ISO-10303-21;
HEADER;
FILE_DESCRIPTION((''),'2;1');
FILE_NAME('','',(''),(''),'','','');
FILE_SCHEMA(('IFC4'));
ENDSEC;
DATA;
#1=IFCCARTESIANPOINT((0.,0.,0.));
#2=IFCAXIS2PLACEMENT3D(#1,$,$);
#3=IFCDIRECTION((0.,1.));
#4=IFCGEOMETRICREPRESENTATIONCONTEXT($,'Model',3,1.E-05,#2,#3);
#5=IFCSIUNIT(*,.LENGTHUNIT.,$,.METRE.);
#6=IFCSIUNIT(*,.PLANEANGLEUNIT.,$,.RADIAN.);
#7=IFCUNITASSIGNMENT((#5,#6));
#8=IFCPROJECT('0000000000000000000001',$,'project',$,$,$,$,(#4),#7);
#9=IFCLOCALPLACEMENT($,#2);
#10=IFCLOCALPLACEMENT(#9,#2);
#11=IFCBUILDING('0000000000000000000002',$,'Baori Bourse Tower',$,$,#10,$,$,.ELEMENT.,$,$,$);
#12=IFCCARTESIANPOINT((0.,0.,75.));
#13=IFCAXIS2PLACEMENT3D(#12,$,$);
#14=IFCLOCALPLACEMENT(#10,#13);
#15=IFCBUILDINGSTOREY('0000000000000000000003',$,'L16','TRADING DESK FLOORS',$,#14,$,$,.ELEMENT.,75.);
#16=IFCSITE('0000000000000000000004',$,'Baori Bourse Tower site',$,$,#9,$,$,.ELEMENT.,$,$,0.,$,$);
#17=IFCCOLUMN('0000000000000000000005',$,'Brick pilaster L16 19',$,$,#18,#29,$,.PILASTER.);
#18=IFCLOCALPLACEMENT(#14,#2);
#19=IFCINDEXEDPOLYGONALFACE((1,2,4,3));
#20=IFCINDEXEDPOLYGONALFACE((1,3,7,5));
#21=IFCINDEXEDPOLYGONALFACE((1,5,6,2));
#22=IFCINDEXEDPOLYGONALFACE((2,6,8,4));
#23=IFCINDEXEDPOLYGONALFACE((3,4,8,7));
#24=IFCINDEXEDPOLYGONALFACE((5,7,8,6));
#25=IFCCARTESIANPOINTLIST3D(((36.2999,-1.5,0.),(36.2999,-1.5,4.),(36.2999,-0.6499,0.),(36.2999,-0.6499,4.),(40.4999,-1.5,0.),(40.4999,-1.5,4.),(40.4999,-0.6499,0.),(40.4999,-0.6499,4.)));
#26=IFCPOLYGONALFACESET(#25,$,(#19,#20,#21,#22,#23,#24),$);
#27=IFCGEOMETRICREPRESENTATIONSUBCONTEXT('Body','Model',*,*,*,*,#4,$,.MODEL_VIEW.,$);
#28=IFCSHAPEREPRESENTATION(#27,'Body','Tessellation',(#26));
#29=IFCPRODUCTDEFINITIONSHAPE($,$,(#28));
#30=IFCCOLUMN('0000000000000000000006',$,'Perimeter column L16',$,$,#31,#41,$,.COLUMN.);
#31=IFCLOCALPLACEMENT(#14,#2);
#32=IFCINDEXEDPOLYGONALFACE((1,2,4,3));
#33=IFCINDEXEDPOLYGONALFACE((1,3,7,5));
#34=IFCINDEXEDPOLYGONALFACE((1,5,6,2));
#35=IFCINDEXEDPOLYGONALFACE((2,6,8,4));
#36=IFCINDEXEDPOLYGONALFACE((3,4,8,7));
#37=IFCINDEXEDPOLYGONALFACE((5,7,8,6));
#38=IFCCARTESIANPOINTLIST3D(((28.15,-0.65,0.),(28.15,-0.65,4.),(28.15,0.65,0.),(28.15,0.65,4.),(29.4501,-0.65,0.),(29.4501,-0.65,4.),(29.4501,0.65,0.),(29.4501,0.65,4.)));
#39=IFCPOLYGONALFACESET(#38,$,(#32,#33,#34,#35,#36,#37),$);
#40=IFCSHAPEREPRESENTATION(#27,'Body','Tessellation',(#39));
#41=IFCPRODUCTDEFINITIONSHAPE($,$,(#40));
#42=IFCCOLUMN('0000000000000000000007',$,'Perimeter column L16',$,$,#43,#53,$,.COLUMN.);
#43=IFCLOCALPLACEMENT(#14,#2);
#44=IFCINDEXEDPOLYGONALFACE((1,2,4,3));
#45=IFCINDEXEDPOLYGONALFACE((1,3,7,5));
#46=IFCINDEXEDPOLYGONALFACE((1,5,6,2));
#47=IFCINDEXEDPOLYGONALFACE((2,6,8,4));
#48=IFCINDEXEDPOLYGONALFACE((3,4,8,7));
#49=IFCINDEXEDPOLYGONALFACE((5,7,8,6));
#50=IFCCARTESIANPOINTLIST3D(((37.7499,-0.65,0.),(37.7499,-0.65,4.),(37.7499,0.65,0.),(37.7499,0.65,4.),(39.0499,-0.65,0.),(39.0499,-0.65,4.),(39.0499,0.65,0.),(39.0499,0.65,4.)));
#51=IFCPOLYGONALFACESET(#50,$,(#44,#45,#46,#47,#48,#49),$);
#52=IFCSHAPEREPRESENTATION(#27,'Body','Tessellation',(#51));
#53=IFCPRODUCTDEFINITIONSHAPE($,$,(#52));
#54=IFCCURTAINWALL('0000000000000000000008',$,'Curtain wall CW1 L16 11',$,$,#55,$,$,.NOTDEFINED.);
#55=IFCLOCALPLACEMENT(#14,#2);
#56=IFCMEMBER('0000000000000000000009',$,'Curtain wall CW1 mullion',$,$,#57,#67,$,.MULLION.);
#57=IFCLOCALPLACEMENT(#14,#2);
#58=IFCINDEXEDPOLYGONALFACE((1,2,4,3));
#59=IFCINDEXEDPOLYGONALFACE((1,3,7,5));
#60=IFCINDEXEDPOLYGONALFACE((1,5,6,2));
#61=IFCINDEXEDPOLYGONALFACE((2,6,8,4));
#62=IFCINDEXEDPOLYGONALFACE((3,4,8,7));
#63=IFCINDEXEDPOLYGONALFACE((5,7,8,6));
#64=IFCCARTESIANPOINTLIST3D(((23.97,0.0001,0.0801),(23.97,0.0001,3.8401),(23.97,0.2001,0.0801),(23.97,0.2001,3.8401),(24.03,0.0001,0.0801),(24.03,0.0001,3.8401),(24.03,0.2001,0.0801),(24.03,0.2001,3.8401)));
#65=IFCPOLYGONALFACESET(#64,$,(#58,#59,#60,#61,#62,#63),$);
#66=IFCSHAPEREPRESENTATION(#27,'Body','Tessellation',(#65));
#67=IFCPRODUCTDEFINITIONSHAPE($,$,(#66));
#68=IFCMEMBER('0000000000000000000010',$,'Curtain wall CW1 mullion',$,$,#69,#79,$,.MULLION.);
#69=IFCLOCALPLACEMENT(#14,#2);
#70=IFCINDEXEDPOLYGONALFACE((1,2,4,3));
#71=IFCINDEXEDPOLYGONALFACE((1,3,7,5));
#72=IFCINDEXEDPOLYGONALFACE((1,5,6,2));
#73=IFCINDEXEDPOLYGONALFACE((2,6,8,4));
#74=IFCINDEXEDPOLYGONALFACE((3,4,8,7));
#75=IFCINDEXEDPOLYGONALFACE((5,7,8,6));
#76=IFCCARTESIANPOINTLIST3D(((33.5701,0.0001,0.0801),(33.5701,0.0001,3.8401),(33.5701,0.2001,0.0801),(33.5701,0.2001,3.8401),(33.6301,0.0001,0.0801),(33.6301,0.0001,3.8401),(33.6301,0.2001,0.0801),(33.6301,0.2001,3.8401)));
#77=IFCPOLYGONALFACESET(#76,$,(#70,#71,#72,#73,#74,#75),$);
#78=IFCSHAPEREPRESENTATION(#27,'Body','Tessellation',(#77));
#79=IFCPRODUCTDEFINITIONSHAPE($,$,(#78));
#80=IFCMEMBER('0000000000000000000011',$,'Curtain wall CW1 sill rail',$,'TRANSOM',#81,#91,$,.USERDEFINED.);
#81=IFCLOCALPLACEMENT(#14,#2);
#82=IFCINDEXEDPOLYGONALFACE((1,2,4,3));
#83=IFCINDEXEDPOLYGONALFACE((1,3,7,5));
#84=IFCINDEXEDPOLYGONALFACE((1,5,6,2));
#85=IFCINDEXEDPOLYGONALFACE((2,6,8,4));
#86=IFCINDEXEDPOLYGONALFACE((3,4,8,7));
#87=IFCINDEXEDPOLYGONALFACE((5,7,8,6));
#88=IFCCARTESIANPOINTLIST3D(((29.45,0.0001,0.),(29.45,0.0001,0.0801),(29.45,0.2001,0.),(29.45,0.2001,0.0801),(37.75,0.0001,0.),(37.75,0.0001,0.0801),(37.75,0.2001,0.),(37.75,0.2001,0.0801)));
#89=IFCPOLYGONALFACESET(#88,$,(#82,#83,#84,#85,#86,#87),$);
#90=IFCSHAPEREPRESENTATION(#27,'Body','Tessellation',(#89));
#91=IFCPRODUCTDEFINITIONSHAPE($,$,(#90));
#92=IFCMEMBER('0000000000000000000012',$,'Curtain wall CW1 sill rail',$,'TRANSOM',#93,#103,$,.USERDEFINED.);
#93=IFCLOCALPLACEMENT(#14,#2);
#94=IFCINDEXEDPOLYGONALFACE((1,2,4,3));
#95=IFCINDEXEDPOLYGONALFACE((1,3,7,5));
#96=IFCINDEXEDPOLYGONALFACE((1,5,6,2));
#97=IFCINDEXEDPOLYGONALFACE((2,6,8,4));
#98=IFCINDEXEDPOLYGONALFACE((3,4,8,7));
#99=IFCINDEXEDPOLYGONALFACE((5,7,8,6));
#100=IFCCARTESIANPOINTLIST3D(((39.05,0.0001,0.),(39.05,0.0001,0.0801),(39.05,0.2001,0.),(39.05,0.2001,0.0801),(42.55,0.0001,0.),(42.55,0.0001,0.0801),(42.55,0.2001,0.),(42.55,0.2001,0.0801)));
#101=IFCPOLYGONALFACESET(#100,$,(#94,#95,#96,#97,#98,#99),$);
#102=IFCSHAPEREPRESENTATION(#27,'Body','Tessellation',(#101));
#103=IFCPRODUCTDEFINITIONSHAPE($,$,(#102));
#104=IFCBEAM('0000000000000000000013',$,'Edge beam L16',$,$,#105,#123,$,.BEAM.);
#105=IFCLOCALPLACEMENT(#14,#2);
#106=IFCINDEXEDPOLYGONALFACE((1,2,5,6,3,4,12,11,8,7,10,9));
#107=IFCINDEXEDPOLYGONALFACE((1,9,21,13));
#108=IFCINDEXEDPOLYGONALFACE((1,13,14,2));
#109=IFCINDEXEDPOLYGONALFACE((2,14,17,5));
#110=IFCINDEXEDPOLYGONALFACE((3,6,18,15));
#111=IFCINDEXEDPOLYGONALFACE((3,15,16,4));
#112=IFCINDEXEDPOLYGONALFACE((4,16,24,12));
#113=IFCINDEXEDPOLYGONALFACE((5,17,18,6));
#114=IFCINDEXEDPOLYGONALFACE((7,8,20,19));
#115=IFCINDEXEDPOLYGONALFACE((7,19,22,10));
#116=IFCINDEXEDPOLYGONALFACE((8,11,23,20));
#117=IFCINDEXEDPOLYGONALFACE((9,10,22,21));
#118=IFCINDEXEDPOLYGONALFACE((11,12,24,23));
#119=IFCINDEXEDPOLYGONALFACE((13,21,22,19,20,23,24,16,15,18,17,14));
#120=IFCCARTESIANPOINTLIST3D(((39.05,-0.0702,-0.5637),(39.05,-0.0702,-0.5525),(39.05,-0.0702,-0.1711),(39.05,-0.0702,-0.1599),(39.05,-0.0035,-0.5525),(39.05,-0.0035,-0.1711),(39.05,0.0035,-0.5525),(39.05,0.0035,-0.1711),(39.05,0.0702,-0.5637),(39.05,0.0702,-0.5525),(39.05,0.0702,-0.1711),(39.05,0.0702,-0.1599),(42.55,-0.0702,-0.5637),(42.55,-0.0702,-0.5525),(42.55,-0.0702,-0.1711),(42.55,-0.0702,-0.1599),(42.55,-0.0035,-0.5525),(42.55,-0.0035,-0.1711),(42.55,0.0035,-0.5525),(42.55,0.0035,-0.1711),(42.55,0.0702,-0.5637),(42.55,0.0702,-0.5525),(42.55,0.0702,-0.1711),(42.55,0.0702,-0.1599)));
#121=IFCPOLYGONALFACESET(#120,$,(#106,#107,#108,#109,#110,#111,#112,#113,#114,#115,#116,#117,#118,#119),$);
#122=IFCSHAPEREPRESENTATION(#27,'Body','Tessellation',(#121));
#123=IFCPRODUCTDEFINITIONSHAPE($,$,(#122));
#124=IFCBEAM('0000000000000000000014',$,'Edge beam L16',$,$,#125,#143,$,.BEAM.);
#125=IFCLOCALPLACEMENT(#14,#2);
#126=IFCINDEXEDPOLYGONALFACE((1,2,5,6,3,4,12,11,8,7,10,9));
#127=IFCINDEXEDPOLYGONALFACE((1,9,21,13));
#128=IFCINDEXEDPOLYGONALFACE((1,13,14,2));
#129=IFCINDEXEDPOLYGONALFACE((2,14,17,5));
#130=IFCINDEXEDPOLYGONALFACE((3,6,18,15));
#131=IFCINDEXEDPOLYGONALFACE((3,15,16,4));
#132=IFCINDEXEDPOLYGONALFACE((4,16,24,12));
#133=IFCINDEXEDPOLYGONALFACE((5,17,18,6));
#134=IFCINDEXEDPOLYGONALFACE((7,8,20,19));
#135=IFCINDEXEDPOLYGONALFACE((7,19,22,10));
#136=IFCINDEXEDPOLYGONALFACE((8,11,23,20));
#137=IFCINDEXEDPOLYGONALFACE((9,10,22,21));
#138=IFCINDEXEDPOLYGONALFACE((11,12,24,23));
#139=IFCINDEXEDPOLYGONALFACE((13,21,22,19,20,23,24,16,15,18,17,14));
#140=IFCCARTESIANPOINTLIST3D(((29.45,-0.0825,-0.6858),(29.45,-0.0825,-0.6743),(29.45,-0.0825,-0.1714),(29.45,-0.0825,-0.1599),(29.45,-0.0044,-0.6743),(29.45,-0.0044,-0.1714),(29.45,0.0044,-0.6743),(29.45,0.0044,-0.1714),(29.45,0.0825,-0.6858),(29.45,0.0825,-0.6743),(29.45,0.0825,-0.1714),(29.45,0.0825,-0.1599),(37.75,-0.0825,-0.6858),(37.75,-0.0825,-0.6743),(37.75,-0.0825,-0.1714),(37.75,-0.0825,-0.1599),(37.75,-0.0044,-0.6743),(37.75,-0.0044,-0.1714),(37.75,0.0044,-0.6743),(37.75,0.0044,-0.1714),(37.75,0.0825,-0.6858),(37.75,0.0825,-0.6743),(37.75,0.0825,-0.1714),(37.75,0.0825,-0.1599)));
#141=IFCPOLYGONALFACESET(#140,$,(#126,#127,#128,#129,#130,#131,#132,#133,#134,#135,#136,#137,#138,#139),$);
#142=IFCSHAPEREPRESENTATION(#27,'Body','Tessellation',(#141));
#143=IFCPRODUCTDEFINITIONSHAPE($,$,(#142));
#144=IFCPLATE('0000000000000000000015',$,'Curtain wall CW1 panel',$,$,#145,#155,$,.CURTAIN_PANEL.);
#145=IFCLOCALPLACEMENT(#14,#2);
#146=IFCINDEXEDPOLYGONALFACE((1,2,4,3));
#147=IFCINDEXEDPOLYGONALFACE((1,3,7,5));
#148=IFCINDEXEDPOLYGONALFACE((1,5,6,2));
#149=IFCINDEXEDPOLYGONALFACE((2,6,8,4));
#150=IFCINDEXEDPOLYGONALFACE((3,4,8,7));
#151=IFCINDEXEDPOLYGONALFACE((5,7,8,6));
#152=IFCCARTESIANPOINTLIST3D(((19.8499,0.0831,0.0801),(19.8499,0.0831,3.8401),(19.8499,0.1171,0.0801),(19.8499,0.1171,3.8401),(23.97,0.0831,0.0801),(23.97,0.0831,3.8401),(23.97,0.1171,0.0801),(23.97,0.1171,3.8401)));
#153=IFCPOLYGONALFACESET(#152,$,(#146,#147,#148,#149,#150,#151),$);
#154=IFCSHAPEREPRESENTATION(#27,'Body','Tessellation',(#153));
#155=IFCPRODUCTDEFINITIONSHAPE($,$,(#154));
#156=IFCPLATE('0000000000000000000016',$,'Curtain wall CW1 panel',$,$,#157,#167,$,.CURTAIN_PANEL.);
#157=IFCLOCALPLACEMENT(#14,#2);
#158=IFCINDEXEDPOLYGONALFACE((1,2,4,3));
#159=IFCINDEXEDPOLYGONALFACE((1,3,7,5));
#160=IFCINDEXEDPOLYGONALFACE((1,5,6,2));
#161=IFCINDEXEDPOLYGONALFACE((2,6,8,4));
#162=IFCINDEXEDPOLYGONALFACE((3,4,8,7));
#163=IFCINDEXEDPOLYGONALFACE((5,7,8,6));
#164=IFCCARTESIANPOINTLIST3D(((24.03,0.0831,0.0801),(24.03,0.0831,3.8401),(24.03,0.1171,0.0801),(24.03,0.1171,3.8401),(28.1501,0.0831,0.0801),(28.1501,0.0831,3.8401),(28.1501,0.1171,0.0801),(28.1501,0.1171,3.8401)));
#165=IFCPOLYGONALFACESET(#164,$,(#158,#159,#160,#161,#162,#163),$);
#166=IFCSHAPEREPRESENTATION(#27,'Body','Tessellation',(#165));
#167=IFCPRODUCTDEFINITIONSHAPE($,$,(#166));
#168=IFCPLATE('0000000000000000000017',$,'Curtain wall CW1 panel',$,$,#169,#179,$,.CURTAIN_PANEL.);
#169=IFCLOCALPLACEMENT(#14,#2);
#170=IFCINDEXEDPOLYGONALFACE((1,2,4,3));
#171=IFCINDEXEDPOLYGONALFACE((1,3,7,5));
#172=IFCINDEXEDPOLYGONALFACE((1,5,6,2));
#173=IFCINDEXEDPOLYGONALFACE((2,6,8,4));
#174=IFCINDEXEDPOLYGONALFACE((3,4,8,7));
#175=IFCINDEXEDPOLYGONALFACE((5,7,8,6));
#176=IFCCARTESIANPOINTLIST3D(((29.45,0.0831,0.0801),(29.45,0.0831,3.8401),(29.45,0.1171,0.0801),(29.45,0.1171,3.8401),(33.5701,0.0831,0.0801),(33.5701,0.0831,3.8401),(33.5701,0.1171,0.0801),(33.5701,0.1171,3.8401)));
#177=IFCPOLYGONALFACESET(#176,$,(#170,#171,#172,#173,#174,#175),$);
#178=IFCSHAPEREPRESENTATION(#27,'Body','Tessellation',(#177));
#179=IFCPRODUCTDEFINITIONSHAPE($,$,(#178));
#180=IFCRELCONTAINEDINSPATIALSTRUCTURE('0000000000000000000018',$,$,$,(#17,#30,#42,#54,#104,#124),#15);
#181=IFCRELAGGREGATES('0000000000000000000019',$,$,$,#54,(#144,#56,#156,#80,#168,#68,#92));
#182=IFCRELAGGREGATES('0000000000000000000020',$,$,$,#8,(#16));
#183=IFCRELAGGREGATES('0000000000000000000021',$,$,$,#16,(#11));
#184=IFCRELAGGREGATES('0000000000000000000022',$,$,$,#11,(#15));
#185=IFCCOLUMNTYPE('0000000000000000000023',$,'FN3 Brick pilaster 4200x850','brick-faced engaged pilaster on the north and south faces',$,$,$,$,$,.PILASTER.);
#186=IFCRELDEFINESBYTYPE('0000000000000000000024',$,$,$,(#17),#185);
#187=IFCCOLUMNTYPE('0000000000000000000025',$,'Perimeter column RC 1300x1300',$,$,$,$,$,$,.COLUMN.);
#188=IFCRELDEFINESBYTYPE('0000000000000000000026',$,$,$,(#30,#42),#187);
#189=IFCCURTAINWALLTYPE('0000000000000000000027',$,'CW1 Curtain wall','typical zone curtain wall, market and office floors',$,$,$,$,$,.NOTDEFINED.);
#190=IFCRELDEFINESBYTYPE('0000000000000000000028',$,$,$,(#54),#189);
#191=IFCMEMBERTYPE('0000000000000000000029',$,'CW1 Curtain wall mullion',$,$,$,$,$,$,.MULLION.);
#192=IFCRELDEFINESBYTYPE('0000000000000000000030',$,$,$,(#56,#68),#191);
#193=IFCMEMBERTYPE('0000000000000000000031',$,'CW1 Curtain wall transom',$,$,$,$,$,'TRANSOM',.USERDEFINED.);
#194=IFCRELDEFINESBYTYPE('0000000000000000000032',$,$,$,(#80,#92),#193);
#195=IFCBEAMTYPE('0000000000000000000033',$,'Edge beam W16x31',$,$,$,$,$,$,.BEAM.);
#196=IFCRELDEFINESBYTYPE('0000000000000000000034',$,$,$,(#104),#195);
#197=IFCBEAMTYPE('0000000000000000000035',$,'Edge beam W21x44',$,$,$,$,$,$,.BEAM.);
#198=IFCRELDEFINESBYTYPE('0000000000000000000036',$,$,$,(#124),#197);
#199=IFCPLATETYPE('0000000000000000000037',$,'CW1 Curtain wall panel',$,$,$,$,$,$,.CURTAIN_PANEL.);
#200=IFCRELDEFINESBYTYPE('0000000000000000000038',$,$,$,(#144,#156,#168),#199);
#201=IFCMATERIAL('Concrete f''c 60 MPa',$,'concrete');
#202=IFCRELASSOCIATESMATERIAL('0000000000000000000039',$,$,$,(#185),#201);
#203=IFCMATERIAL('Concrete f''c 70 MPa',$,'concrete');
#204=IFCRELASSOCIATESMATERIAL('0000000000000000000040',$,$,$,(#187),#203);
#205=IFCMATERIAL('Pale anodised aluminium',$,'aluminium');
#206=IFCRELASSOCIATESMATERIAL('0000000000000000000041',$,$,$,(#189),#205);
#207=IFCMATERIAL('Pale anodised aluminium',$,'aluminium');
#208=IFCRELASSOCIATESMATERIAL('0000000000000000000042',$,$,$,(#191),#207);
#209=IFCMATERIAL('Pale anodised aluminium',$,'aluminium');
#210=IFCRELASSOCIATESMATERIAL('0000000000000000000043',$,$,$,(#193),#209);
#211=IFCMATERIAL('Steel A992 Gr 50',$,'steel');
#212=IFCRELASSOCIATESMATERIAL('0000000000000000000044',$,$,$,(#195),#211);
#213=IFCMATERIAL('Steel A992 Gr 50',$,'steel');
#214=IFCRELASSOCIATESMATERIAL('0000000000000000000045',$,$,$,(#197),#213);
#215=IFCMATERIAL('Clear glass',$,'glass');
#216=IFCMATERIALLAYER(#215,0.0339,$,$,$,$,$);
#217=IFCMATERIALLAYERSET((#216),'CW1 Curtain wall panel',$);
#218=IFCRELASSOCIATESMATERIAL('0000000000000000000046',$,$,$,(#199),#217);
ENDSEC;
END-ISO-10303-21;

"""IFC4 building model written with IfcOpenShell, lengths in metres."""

from ifc_helpers import new_model, si_unit, direction, frame, origin, origin_2d, place, context, subcontext, project, spatial, rectangle, i_section, extrude, material, layer, layer_set, material_profile, profile_set, type_object, element, aggregate, save


model = new_model("IFC4")

# Units and contexts
model_context = context("Model", 3, precision=1e-05, world=origin(), true_north=direction((0.0, 1.0)))
body_context = subcontext(model_context, "Body", "Model", "MODEL_VIEW")
ifc_project = project(units=[si_unit("LENGTHUNIT", "METRE"), si_unit("PLANEANGLEUNIT", "RADIAN")], contexts=[model_context])

# Site, building, storey
site_placement = place(None, origin())
site = spatial("IfcSite", under=ifc_project, at=site_placement, Name="Baori Bourse Tower site", CompositionType="ELEMENT", RefElevation=0.0)
building_placement = place(site_placement, origin())
building = spatial("IfcBuilding", under=site, at=building_placement, Name="Baori Bourse Tower", CompositionType="ELEMENT")
storey_placement = place(building_placement, frame((0.0, 0.0, 75.0)))
storey = spatial("IfcBuildingStorey", under=building, at=storey_placement, Name="L16", Description="TRADING DESK FLOORS", CompositionType="ELEMENT", Elevation=75.0)

# Columns
ifc_material_1 = material(Name="Concrete f'c 60 MPa", Category="concrete")
ifc_material_profile_1 = material_profile(ifc_material_1, rectangle(XDim=4.2, YDim=0.8501, at=origin_2d()), Name="RC 4200x850")
ifc_profile_set_1 = profile_set([ifc_material_profile_1], Name="Concrete f'c 60 MPa")
column_type_1 = type_object("IfcColumnType", Name="FN3 Brick pilaster 4200x850", Description="brick-faced engaged pilaster on the north and south faces", PredefinedType="PILASTER", material=ifc_profile_set_1)
column_placement = place(storey_placement, frame((38.3999, -1.075, 0.0), z_axis=(0.0, 0.0, 1.0), x_axis=(1.0, 0.0, 0.0)))
element("IfcColumn", 1, at=column_placement, inside=storey, type_object=column_type_1, Name="Brick pilaster L16 19", PredefinedType="PILASTER", context=body_context, shape_type="SweptSolid", body=[
    extrude(rectangle(XDim=4.2, YDim=0.8501, at=origin_2d()), origin(), (0.0, 0.0, 1.0), 4.0),
])
ifc_material_2 = material(Name="Concrete f'c 70 MPa", Category="concrete")
ifc_material_profile_2 = material_profile(ifc_material_2, rectangle(XDim=1.3, YDim=1.3, at=origin_2d()), Name="RC 1300x1300")
ifc_profile_set_2 = profile_set([ifc_material_profile_2], Name="Concrete f'c 70 MPa")
column_type_2 = type_object("IfcColumnType", Name="Perimeter column RC 1300x1300", PredefinedType="COLUMN", material=ifc_profile_set_2)
for number, where, z_axis, x_axis, name in (
    (2, (28.8, 0.0, 0.0), (0.0, 0.0, 1.0), (1.0, 0.0, 0.0), "Perimeter column L16"),
    (3, (38.3999, 0.0, 0.0), (0.0, 0.0, 1.0), (1.0, 0.0, 0.0), "Perimeter column L16"),
):
    element("IfcColumn", number, at=place(storey_placement, frame(where, z_axis=z_axis, x_axis=x_axis)), inside=storey, type_object=column_type_2, Name=name, PredefinedType="COLUMN", context=body_context, shape_type="SweptSolid", body=[
        extrude(rectangle(XDim=1.3, YDim=1.3, at=origin_2d()), origin(), (0.0, 0.0, 1.0), 4.0),
    ])

# Curtain wall, members
ifc_material_3 = material(Name="Pale anodised aluminium", Category="aluminium")
curtain_wall_type = type_object("IfcCurtainWallType", Name="CW1 Curtain wall", Description="typical zone curtain wall, market and office floors", PredefinedType="NOTDEFINED", material=ifc_material_3)
curtain_wall_placement = place(storey_placement, origin())
curtain_wall = element("IfcCurtainWall", 4, at=curtain_wall_placement, inside=storey, type_object=curtain_wall_type, Name="Curtain wall CW1 L16 11", PredefinedType="NOTDEFINED")
ifc_material_4 = material(Name="Pale anodised aluminium", Category="aluminium")
ifc_material_profile_3 = material_profile(ifc_material_4, rectangle(XDim=0.2, YDim=0.0601, at=origin_2d()), Name="Mullion 60x200")
ifc_profile_set_3 = profile_set([ifc_material_profile_3], Name="Pale anodised aluminium")
member_type_1 = type_object("IfcMemberType", Name="CW1 Curtain wall mullion", PredefinedType="MULLION", material=ifc_profile_set_3)
member_1_placement = place(storey_placement, frame((24.0, 0.1001, 0.0801), z_axis=(0.0, 0.0, 1.0), x_axis=(0.0, 1.0, 0.0)))
member_1 = element("IfcMember", 5, at=member_1_placement, type_object=member_type_1, Name="Curtain wall CW1 mullion", PredefinedType="MULLION", context=body_context, shape_type="SweptSolid", body=[
    extrude(rectangle(XDim=0.2, YDim=0.0601, at=origin_2d()), origin(), (0.0, 0.0, 1.0), 3.76),
])
member_2_placement = place(storey_placement, frame((33.6001, 0.1001, 0.0801), z_axis=(0.0, 0.0, 1.0), x_axis=(0.0, 1.0, 0.0)))
member_2 = element("IfcMember", 6, at=member_2_placement, type_object=member_type_1, Name="Curtain wall CW1 mullion", PredefinedType="MULLION", context=body_context, shape_type="SweptSolid", body=[
    extrude(rectangle(XDim=0.2, YDim=0.0601, at=origin_2d()), origin(), (0.0, 0.0, 1.0), 3.76),
])
ifc_material_5 = material(Name="Pale anodised aluminium", Category="aluminium")
ifc_material_profile_4 = material_profile(ifc_material_5, rectangle(XDim=0.2, YDim=0.0801, at=origin_2d()), Name="Transom 80x200")
ifc_profile_set_4 = profile_set([ifc_material_profile_4], Name="Pale anodised aluminium")
member_type_2 = type_object("IfcMemberType", Name="CW1 Curtain wall transom", ElementType="TRANSOM", PredefinedType="USERDEFINED", material=ifc_profile_set_4)
member_3_placement = place(storey_placement, frame((29.45, 0.1001, 0.04), z_axis=(1.0, 0.0, 0.0), x_axis=(0.0, 1.0, 0.0)))
member_3 = element("IfcMember", 7, at=member_3_placement, type_object=member_type_2, Name="Curtain wall CW1 sill rail", ObjectType="TRANSOM", PredefinedType="USERDEFINED", context=body_context, shape_type="SweptSolid", body=[
    extrude(rectangle(XDim=0.2, YDim=0.0801, at=origin_2d()), origin(), (0.0, 0.0, 1.0), 8.3),
])
member_4_placement = place(storey_placement, frame((39.05, 0.1001, 0.04), z_axis=(1.0, 0.0, 0.0), x_axis=(0.0, 1.0, 0.0)))
member_4 = element("IfcMember", 8, at=member_4_placement, type_object=member_type_2, Name="Curtain wall CW1 sill rail", ObjectType="TRANSOM", PredefinedType="USERDEFINED", context=body_context, shape_type="SweptSolid", body=[
    extrude(rectangle(XDim=0.2, YDim=0.0801, at=origin_2d()), origin(), (0.0, 0.0, 1.0), 3.5),
])

# Beams
ifc_material_6 = material(Name="Steel A992 Gr 50", Category="steel")
ifc_material_profile_5 = material_profile(ifc_material_6, i_section(OverallWidth=0.1404, OverallDepth=0.4038, WebThickness=0.0071, FlangeThickness=0.0112, at=origin_2d()), Name="W16x31")
ifc_profile_set_5 = profile_set([ifc_material_profile_5], Name="Steel A992 Gr 50")
beam_type_1 = type_object("IfcBeamType", Name="Edge beam W16x31", PredefinedType="BEAM", material=ifc_profile_set_5)
beam_1_placement = place(storey_placement, frame((39.05, 0.0, -0.3618), z_axis=(1.0, 0.0, 0.0), x_axis=(0.0, 1.0, 0.0)))
element("IfcBeam", 9, at=beam_1_placement, inside=storey, type_object=beam_type_1, Name="Edge beam L16", PredefinedType="BEAM", context=body_context, shape_type="SweptSolid", body=[
    extrude(i_section(OverallWidth=0.1404, OverallDepth=0.4038, WebThickness=0.0071, FlangeThickness=0.0112, at=origin_2d()), origin(), (0.0, 0.0, 1.0), 3.5),
])
ifc_material_7 = material(Name="Steel A992 Gr 50", Category="steel")
ifc_material_profile_6 = material_profile(ifc_material_7, i_section(OverallWidth=0.165, OverallDepth=0.5259, WebThickness=0.0088, FlangeThickness=0.0115, at=origin_2d()), Name="W21x44")
ifc_profile_set_6 = profile_set([ifc_material_profile_6], Name="Steel A992 Gr 50")
beam_type_2 = type_object("IfcBeamType", Name="Edge beam W21x44", PredefinedType="BEAM", material=ifc_profile_set_6)
beam_2_placement = place(storey_placement, frame((29.45, 0.0, -0.4229), z_axis=(1.0, 0.0, 0.0), x_axis=(0.0, 1.0, 0.0)))
element("IfcBeam", 10, at=beam_2_placement, inside=storey, type_object=beam_type_2, Name="Edge beam L16", PredefinedType="BEAM", context=body_context, shape_type="SweptSolid", body=[
    extrude(i_section(OverallWidth=0.165, OverallDepth=0.5259, WebThickness=0.0088, FlangeThickness=0.0115, at=origin_2d()), origin(), (0.0, 0.0, 1.0), 8.3),
])

# Plates
ifc_material_8 = material(Name="Clear glass", Category="glass")
ifc_layer_1 = layer(ifc_material_8, 0.0339)
ifc_layer_set_1 = layer_set([ifc_layer_1], Name="CW1 Curtain wall panel")
plate_type = type_object("IfcPlateType", Name="CW1 Curtain wall panel", PredefinedType="CURTAIN_PANEL", material=ifc_layer_set_1)
plate_1_placement = place(storey_placement, frame((21.9099, 0.1001, 0.0801), z_axis=(0.0, 0.0, 1.0), x_axis=(1.0, 0.0, 0.0)))
plate_1 = element("IfcPlate", 11, at=plate_1_placement, type_object=plate_type, Name="Curtain wall CW1 panel", PredefinedType="CURTAIN_PANEL", context=body_context, shape_type="SweptSolid", body=[
    extrude(rectangle(XDim=4.1201, YDim=0.0339, at=origin_2d()), origin(), (0.0, 0.0, 1.0), 3.76),
])
plate_2_placement = place(storey_placement, frame((26.0901, 0.1001, 0.0801), z_axis=(0.0, 0.0, 1.0), x_axis=(1.0, 0.0, 0.0)))
plate_2 = element("IfcPlate", 12, at=plate_2_placement, type_object=plate_type, Name="Curtain wall CW1 panel", PredefinedType="CURTAIN_PANEL", context=body_context, shape_type="SweptSolid", body=[
    extrude(rectangle(XDim=4.1201, YDim=0.0339, at=origin_2d()), origin(), (0.0, 0.0, 1.0), 3.76),
])
plate_3_placement = place(storey_placement, frame((31.51, 0.1001, 0.0801), z_axis=(0.0, 0.0, 1.0), x_axis=(1.0, 0.0, 0.0)))
plate_3 = element("IfcPlate", 13, at=plate_3_placement, type_object=plate_type, Name="Curtain wall CW1 panel", PredefinedType="CURTAIN_PANEL", context=body_context, shape_type="SweptSolid", body=[
    extrude(rectangle(XDim=4.1201, YDim=0.0339, at=origin_2d()), origin(), (0.0, 0.0, 1.0), 3.76),
])
aggregate(curtain_wall, [plate_1, member_1, plate_2, member_3, plate_3, member_2, member_4])

save(model, "model.ifc")
